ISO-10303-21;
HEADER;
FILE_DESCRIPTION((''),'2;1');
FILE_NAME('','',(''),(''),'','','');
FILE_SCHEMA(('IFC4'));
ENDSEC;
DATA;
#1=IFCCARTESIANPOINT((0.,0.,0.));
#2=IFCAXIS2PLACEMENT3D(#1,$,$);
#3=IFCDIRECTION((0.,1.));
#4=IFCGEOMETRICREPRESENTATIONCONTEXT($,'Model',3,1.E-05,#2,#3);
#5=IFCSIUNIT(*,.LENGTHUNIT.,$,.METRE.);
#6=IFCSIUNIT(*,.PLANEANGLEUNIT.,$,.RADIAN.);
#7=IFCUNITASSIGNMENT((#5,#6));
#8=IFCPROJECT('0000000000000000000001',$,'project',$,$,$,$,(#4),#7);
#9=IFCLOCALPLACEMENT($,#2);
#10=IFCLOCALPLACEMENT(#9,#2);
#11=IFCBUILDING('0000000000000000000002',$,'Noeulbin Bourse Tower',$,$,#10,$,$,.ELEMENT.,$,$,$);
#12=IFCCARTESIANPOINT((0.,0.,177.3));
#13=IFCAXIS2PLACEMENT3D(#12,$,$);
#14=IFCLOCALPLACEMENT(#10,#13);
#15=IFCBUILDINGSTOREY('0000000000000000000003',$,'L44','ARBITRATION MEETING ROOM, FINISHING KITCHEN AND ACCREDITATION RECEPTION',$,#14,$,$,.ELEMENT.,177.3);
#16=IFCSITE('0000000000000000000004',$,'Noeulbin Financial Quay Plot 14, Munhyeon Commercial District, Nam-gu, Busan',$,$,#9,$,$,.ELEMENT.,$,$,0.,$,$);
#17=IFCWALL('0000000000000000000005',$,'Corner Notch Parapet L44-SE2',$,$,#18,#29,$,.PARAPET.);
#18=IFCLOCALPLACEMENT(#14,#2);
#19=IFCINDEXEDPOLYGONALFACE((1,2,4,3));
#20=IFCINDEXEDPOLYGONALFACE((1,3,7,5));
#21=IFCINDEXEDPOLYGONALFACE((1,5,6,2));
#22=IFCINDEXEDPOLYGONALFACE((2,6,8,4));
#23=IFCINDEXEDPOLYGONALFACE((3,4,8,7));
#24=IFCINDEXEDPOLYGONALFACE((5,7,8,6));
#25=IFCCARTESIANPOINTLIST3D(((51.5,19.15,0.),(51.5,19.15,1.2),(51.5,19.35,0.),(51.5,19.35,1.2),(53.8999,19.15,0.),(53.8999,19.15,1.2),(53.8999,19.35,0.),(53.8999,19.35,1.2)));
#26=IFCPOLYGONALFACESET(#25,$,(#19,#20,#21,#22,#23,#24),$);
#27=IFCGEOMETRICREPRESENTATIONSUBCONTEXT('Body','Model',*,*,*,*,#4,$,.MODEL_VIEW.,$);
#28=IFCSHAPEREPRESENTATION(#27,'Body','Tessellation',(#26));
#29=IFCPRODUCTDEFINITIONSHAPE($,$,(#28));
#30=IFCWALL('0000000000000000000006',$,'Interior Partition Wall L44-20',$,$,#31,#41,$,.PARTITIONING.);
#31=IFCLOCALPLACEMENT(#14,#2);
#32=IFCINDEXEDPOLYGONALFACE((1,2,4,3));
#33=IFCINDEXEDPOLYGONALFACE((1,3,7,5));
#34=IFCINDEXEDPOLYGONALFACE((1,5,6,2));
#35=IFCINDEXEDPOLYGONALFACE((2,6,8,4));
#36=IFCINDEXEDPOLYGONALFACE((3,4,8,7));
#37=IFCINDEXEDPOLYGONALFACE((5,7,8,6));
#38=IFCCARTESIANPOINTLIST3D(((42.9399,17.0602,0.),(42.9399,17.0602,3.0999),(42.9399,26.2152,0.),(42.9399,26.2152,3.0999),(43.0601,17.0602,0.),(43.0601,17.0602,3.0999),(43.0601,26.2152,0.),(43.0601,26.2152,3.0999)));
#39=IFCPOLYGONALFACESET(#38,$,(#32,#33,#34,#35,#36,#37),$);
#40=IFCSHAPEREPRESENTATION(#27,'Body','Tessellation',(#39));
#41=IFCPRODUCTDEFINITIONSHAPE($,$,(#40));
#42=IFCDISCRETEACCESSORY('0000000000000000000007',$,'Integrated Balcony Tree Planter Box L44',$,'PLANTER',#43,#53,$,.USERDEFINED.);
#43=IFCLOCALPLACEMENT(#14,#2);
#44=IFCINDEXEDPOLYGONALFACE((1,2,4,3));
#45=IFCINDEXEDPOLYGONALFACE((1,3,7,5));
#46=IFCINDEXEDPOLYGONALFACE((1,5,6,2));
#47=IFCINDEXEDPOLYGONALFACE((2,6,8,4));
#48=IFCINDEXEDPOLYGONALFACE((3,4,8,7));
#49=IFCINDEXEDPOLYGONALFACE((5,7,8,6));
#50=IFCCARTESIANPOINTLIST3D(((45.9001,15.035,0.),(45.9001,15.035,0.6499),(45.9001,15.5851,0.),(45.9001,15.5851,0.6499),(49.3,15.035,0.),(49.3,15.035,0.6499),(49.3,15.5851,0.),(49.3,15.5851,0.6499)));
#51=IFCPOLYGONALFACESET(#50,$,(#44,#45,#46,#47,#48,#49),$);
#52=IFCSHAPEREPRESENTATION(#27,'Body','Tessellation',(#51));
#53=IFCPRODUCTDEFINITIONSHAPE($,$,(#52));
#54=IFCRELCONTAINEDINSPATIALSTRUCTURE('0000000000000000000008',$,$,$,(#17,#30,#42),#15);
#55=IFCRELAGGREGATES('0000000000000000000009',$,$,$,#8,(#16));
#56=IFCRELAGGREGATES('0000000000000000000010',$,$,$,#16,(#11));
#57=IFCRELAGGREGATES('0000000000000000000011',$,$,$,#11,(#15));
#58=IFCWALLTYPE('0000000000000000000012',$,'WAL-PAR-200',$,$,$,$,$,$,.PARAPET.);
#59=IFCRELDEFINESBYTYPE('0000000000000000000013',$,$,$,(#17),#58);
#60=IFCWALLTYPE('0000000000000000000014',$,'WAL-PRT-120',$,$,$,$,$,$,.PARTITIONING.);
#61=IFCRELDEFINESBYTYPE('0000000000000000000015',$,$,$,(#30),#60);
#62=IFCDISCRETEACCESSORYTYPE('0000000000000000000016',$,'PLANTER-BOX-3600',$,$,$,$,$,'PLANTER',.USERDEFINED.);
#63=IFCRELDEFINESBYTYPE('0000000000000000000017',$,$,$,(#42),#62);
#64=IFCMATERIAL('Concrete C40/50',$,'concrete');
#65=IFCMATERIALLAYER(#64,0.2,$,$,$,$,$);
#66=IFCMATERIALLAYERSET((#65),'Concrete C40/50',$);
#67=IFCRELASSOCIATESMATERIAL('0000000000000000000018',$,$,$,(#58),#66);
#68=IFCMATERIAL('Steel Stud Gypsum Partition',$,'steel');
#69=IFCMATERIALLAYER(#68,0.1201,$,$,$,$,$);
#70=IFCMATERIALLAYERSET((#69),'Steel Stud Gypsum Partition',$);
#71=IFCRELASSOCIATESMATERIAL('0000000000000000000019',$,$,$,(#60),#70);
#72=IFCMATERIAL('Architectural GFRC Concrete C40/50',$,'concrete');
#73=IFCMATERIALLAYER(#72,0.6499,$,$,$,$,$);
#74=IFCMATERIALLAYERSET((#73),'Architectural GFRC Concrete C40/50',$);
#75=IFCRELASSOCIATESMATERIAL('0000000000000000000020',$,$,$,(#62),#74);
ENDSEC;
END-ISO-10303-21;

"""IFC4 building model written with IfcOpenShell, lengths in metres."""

from ifc_helpers import new_model, si_unit, direction, frame, frame_2d, origin, origin_2d, place, context, subcontext, project, spatial, rectangle, extrude, material, layer, layer_set, type_object, element, save


model = new_model("IFC4")

# Units and contexts
model_context = context("Model", 3, precision=1e-05, world=origin(), true_north=direction((0.0, 1.0)))
body_context = subcontext(model_context, "Body", "Model", "MODEL_VIEW")
ifc_project = project(units=[si_unit("LENGTHUNIT", "METRE"), si_unit("PLANEANGLEUNIT", "RADIAN")], contexts=[model_context])

# Site, building, storey
site_placement = place(None, origin())
site = spatial("IfcSite", under=ifc_project, at=site_placement, Name="Noeulbin Financial Quay Plot 14, Munhyeon Commercial District, Nam-gu, Busan", CompositionType="ELEMENT", RefElevation=0.0)
building_placement = place(site_placement, origin())
building = spatial("IfcBuilding", under=site, at=building_placement, Name="Noeulbin Bourse Tower", CompositionType="ELEMENT")
storey_placement = place(building_placement, frame((0.0, 0.0, 177.3)))
storey = spatial("IfcBuildingStorey", under=building, at=storey_placement, Name="L44", Description="ARBITRATION MEETING ROOM, FINISHING KITCHEN AND ACCREDITATION RECEPTION", CompositionType="ELEMENT", Elevation=177.3)

# Walls
ifc_material_1 = material(Name="Concrete C40/50", Category="concrete")
ifc_layer_1 = layer(ifc_material_1, 0.2)
ifc_layer_set_1 = layer_set([ifc_layer_1], Name="Concrete C40/50")
wall_type_1 = type_object("IfcWallType", Name="WAL-PAR-200", PredefinedType="PARAPET", material=ifc_layer_set_1)
for number, where, z_axis, x_axis, name in (
    (1, (51.5, 19.25, 0.0), (0.0, 0.0, 1.0), (1.0, 0.0, 0.0), "Corner Notch Parapet L44-SE2"),
):
    element("IfcWall", number, at=place(storey_placement, frame(where, z_axis=z_axis, x_axis=x_axis)), inside=storey, type_object=wall_type_1, Name=name, PredefinedType="PARAPET", context=body_context, shape_type="SweptSolid", body=[
        extrude(rectangle(XDim=2.3999, YDim=0.2, at=frame_2d((1.2, 0.0))), origin(), (0.0, 0.0, 1.0), 1.2),
    ])
ifc_material_2 = material(Name="Steel Stud Gypsum Partition", Category="steel")
ifc_layer_2 = layer(ifc_material_2, 0.1201)
ifc_layer_set_2 = layer_set([ifc_layer_2], Name="Steel Stud Gypsum Partition")
wall_type_2 = type_object("IfcWallType", Name="WAL-PRT-120", PredefinedType="PARTITIONING", material=ifc_layer_set_2)
wall_1_placement = place(storey_placement, frame((43.0, 17.0601, 0.0), z_axis=(0.0, 0.0, 1.0), x_axis=(0.0, 1.0, 0.0)))
element("IfcWall", 2, at=wall_1_placement, inside=storey, type_object=wall_type_2, Name="Interior Partition Wall L44-20", PredefinedType="PARTITIONING", context=body_context, shape_type="SweptSolid", body=[
    extrude(rectangle(XDim=9.155, YDim=0.1201, at=frame_2d((4.5776, 0.0))), origin(), (0.0, 0.0, 1.0), 3.0999),
])

# Discrete accessory
ifc_material_3 = material(Name="Architectural GFRC Concrete C40/50", Category="concrete")
ifc_layer_3 = layer(ifc_material_3, 0.6499)
ifc_layer_set_3 = layer_set([ifc_layer_3], Name="Architectural GFRC Concrete C40/50")
discrete_accessory_type = type_object("IfcDiscreteAccessoryType", Name="PLANTER-BOX-3600", ElementType="PLANTER", PredefinedType="USERDEFINED", material=ifc_layer_set_3)
discrete_accessory_placement = place(storey_placement, frame((47.6001, 15.3101, 0.0), z_axis=(0.0, 0.0, 1.0), x_axis=(1.0, 0.0, 0.0)))
element("IfcDiscreteAccessory", 3, at=discrete_accessory_placement, inside=storey, type_object=discrete_accessory_type, Name="Integrated Balcony Tree Planter Box L44", ObjectType="PLANTER", PredefinedType="USERDEFINED", context=body_context, shape_type="SweptSolid", body=[
    extrude(rectangle(XDim=3.3999, YDim=0.55, at=origin_2d()), origin(), (0.0, 0.0, 1.0), 0.6499),
])

save(model, "model.ifc")
